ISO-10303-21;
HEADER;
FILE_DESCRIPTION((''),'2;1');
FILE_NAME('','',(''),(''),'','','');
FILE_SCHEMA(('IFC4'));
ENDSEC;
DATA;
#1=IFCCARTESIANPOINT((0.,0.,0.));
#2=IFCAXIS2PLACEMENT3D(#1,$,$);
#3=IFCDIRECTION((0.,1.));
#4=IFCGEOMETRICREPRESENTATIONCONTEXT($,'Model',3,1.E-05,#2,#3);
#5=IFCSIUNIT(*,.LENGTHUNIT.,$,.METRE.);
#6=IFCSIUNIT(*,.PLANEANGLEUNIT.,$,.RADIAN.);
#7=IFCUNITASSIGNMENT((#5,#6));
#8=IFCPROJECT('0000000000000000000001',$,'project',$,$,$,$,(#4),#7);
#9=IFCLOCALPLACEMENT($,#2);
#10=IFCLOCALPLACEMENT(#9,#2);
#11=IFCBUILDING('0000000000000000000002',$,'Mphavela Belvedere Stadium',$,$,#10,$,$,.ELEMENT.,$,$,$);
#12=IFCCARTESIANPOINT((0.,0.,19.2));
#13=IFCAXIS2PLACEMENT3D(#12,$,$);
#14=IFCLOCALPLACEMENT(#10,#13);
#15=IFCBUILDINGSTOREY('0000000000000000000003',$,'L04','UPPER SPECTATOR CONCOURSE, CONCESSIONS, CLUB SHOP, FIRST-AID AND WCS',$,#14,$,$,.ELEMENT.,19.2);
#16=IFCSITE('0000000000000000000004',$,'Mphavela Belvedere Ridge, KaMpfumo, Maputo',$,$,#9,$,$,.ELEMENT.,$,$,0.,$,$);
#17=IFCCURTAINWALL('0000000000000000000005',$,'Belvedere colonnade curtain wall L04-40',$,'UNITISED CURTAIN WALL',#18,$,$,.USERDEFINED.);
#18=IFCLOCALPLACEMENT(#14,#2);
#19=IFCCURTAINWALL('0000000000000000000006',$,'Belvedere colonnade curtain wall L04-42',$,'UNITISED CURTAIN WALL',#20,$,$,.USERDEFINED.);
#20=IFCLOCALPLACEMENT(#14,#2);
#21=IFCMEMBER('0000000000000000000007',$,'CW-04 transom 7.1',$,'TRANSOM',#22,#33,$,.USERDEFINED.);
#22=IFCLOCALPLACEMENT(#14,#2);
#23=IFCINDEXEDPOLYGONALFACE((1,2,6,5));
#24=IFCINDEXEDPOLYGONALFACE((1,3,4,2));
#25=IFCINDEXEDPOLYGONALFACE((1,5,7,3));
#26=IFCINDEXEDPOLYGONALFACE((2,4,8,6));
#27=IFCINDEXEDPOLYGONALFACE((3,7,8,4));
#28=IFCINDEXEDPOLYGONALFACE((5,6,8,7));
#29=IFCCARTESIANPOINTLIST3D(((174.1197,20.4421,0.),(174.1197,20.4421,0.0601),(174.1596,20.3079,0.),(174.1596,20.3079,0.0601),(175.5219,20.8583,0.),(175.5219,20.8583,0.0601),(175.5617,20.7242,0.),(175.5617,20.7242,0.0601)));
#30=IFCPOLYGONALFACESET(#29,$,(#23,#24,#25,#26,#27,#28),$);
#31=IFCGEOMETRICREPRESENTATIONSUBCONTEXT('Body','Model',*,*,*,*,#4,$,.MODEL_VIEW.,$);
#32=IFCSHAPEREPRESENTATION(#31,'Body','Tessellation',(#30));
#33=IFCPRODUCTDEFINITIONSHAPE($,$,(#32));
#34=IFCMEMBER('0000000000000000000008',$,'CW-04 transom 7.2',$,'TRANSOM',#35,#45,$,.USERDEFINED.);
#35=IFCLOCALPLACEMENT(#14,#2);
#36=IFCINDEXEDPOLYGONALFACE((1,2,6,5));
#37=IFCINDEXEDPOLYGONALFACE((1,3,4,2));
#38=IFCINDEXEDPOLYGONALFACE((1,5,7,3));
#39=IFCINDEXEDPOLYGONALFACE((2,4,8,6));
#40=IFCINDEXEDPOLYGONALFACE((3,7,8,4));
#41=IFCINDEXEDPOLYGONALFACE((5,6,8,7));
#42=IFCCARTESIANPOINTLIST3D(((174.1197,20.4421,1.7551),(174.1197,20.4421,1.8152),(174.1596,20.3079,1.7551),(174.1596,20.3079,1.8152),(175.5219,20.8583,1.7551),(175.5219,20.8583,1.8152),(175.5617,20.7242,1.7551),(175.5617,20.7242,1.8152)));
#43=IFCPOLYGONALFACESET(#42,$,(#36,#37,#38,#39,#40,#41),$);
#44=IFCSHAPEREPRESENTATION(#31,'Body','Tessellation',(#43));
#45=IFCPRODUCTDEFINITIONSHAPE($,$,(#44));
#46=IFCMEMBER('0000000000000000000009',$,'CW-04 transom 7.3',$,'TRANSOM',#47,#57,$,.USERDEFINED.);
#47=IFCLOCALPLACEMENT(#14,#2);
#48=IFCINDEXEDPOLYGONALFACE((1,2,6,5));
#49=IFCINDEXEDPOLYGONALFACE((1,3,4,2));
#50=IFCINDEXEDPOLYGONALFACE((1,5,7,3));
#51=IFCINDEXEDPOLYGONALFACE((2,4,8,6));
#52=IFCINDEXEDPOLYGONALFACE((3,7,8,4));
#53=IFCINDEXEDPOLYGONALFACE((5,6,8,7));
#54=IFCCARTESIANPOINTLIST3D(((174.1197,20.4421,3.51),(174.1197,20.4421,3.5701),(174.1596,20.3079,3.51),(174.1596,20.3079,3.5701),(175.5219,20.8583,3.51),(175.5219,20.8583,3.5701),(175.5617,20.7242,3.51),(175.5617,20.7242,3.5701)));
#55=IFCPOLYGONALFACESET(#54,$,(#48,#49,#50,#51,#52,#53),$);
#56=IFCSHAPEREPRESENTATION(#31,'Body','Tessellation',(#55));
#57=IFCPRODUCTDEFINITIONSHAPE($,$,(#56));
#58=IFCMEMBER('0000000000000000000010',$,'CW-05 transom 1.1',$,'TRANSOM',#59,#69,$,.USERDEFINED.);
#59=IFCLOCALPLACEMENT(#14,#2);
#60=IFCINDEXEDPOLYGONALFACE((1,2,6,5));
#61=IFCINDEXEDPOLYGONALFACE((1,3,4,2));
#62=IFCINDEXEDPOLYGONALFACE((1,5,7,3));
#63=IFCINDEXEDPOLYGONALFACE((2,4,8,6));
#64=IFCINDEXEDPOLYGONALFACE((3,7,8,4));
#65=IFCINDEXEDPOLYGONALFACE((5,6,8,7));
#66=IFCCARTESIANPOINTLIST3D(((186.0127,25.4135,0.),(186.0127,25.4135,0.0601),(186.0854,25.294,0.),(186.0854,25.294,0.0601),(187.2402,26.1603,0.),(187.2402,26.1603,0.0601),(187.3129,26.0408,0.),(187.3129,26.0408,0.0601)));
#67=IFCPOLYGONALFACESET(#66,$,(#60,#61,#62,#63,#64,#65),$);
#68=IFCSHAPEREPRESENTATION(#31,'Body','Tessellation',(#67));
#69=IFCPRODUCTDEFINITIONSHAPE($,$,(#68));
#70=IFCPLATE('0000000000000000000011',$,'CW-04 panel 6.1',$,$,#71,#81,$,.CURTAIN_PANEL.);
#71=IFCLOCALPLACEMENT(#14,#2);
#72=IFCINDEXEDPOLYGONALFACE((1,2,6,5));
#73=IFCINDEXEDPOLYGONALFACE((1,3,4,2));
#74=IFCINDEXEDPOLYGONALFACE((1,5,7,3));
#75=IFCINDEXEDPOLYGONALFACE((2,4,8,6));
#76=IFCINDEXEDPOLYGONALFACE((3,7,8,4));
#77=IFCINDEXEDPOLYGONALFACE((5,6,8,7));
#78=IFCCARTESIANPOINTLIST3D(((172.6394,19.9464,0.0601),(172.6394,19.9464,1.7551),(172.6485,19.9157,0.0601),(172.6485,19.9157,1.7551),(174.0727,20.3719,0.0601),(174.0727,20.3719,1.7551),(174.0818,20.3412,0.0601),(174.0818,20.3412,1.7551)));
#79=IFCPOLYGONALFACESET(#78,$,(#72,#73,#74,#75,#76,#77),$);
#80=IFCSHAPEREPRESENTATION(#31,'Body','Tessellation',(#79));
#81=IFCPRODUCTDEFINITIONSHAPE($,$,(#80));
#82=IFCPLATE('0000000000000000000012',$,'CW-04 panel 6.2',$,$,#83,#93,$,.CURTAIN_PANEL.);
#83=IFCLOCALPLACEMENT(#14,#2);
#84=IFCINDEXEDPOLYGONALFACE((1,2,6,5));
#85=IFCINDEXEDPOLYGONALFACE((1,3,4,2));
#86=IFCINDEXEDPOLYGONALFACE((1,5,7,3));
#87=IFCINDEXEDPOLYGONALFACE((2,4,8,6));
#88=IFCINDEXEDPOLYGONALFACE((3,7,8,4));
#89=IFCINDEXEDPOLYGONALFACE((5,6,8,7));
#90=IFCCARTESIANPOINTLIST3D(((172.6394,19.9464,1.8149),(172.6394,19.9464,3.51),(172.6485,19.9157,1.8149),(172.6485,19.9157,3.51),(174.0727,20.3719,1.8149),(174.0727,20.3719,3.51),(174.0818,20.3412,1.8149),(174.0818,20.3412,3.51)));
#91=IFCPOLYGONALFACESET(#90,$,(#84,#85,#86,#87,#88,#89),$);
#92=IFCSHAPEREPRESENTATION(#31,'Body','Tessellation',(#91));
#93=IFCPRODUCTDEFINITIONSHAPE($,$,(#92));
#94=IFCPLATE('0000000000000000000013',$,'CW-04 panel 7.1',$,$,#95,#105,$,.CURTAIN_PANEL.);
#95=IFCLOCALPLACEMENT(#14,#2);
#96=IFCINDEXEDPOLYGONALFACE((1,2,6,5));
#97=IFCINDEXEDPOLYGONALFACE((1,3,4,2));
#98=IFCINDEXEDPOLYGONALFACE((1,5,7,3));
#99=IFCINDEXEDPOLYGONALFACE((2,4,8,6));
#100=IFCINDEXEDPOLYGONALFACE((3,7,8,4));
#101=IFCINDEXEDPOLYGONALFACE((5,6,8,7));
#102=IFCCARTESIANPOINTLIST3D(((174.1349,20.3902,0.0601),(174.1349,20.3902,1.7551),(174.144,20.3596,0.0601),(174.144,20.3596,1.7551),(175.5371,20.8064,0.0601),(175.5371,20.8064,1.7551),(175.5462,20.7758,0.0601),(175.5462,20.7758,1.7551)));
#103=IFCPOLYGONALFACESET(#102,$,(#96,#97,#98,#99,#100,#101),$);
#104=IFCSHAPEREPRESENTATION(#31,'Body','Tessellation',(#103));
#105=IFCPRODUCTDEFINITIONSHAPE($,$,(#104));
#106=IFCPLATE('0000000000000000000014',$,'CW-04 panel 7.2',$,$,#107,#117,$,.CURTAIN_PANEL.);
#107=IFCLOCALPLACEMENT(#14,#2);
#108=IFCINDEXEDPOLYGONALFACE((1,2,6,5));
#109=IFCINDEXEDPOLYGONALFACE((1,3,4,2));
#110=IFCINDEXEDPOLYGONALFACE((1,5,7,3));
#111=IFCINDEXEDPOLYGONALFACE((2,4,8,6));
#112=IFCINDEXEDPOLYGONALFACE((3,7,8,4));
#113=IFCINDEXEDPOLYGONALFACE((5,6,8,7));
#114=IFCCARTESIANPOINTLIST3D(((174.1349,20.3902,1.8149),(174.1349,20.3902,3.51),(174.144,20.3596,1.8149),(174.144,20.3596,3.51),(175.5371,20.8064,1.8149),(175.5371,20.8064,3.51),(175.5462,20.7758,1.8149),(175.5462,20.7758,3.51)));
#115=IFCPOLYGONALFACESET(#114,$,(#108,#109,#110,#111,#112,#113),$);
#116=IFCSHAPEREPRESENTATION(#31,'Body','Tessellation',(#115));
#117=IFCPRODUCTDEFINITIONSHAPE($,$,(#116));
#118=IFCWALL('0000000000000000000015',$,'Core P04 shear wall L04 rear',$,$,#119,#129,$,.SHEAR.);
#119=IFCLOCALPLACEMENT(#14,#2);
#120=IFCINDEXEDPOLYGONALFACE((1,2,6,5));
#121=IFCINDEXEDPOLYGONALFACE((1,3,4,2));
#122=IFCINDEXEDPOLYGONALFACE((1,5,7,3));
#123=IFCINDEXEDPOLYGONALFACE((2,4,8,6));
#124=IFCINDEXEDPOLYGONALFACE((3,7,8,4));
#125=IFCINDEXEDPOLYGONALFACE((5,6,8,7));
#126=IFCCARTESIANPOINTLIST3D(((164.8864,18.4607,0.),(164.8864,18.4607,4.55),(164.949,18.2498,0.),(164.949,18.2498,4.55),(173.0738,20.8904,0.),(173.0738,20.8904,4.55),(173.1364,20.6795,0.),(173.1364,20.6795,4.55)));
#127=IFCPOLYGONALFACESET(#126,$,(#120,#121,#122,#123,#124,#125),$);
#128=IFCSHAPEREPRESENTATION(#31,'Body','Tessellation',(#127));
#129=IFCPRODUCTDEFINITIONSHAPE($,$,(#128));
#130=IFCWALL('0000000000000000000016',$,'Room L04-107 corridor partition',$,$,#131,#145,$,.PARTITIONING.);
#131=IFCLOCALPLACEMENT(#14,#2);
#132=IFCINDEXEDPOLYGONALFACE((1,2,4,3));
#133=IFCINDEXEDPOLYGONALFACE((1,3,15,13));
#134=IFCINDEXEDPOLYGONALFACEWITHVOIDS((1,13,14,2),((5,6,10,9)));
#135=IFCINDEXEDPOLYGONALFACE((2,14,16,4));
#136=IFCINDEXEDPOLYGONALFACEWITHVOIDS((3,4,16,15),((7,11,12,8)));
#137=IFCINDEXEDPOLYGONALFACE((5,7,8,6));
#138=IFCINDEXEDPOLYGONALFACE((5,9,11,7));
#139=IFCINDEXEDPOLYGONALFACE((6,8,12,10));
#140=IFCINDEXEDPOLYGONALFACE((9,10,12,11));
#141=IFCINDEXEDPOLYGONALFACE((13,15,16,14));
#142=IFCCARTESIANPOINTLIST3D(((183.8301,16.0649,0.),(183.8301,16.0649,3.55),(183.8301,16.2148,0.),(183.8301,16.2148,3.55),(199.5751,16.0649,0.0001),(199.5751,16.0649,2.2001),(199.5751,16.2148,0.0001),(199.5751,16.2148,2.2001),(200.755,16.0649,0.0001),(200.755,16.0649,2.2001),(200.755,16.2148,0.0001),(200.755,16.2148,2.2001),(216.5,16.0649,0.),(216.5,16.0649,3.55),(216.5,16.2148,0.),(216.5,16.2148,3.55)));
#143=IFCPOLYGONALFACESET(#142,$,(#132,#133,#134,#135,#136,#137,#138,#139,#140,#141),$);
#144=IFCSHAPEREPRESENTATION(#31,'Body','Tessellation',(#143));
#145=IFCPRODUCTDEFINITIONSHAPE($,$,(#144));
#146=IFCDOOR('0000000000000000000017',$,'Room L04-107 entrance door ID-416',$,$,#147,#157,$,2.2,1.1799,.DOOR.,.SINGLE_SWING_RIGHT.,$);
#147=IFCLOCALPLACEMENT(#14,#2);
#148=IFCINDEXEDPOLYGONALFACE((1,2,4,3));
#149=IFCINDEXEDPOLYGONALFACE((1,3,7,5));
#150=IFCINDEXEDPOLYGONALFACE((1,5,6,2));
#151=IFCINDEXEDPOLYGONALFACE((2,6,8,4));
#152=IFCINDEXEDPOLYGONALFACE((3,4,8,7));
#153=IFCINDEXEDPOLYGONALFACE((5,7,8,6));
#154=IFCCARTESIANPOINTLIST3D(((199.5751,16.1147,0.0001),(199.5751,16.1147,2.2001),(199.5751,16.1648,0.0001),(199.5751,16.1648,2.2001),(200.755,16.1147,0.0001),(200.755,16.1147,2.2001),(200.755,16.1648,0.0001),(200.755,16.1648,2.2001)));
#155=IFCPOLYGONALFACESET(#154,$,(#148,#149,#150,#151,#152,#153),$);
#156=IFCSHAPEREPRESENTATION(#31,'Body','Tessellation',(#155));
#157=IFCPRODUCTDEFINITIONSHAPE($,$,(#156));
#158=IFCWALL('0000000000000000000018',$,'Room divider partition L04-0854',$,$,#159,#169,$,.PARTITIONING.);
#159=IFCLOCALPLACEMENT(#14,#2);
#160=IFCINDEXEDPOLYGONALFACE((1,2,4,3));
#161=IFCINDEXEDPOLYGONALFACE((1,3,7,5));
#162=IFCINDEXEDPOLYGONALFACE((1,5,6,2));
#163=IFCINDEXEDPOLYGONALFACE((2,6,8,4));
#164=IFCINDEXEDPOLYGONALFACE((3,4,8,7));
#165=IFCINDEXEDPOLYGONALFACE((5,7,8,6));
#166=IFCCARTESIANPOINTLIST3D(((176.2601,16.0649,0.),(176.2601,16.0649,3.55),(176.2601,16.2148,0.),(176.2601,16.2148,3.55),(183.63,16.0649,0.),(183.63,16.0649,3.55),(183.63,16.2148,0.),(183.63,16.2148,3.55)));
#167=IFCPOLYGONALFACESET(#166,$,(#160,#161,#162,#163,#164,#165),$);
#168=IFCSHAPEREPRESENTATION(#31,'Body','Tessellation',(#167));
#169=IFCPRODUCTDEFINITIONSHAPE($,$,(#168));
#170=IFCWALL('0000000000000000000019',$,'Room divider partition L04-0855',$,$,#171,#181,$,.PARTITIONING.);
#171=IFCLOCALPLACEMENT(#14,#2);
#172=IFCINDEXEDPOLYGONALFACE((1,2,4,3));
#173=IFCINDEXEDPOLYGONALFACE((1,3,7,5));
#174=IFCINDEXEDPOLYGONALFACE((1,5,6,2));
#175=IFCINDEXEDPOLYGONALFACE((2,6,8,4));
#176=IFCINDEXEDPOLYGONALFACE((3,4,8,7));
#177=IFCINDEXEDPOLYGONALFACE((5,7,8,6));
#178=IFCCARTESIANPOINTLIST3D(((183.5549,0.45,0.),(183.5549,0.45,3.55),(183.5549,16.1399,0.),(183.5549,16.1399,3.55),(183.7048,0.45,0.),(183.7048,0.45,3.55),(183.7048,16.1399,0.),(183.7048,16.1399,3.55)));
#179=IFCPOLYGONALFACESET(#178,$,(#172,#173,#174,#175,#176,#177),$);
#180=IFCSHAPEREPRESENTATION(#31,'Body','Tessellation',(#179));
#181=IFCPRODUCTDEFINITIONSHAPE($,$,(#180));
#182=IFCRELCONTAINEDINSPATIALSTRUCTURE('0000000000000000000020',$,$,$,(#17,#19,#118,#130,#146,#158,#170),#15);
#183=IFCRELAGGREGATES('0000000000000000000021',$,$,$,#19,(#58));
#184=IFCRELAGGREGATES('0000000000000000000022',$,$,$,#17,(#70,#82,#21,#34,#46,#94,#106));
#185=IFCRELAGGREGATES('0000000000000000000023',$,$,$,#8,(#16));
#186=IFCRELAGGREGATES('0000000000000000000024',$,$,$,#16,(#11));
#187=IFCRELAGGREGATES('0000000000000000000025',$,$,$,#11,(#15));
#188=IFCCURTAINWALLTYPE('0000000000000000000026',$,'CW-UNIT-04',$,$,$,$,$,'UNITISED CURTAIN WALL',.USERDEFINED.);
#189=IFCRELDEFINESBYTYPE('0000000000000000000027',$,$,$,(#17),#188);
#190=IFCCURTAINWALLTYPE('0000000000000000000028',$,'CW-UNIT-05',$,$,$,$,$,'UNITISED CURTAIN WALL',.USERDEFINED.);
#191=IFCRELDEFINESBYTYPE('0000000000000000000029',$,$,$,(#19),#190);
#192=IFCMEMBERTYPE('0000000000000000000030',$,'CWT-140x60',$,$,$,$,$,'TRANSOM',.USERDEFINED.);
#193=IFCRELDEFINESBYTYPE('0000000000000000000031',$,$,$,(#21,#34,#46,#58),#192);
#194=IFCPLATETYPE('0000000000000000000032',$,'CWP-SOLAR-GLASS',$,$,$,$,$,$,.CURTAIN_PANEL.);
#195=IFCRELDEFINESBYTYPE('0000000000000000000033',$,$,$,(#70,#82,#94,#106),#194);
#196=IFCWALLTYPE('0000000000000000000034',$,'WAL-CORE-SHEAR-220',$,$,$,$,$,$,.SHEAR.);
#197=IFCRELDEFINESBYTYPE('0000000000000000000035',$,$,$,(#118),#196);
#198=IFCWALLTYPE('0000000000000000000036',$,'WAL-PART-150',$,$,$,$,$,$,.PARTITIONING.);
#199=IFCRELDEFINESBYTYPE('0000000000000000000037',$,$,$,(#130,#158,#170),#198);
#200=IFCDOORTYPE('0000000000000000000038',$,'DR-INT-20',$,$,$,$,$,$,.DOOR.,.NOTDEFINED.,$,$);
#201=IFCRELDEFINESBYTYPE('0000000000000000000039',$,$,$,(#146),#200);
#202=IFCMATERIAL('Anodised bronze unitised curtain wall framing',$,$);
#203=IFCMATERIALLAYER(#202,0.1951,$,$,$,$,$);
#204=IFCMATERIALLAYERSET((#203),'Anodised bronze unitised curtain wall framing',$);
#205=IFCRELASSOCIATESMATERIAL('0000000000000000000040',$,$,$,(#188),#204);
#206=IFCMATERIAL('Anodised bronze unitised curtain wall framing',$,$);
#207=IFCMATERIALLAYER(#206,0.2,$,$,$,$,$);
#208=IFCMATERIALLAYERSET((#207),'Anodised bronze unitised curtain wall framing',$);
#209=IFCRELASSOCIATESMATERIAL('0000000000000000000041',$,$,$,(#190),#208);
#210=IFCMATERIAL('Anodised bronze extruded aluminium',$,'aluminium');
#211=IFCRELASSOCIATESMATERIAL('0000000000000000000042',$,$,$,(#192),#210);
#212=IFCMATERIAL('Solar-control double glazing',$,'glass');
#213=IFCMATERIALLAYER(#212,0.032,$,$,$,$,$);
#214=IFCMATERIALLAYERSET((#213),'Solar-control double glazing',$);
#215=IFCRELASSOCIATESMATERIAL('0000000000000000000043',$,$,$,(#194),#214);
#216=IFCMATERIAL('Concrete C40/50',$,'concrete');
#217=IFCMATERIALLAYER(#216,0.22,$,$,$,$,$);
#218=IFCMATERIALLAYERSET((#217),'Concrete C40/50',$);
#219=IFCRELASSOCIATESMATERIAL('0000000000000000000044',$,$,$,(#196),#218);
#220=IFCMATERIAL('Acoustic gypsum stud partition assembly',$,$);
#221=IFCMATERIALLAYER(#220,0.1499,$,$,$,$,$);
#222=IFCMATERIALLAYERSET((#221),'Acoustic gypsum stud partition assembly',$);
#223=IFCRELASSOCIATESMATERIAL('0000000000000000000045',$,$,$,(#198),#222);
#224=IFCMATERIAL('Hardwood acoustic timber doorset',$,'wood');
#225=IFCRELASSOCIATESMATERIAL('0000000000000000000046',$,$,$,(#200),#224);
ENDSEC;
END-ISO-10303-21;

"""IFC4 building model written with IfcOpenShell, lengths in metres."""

from ifc_helpers import new_model, si_unit, direction, frame, frame_2d, origin, origin_2d, place, context, subcontext, project, spatial, rectangle, extrude, material, layer, layer_set, material_profile, profile_set, type_object, element, fill, aggregate, save


model = new_model("IFC4")

# Units and contexts
model_context = context("Model", 3, precision=1e-05, world=origin(), true_north=direction((0.0, 1.0)))
body_context = subcontext(model_context, "Body", "Model", "MODEL_VIEW")
ifc_project = project(units=[si_unit("LENGTHUNIT", "METRE"), si_unit("PLANEANGLEUNIT", "RADIAN")], contexts=[model_context])

# Site, building, storey
site_placement = place(None, origin())
site = spatial("IfcSite", under=ifc_project, at=site_placement, Name="Mphavela Belvedere Ridge, KaMpfumo, Maputo", CompositionType="ELEMENT", RefElevation=0.0)
building_placement = place(site_placement, origin())
building = spatial("IfcBuilding", under=site, at=building_placement, Name="Mphavela Belvedere Stadium", CompositionType="ELEMENT")
storey_placement = place(building_placement, frame((0.0, 0.0, 19.2)))
storey = spatial("IfcBuildingStorey", under=building, at=storey_placement, Name="L04", Description="UPPER SPECTATOR CONCOURSE, CONCESSIONS, CLUB SHOP, FIRST-AID AND WCS", CompositionType="ELEMENT", Elevation=19.2)

# Curtain wall
ifc_material_1 = material(Name="Anodised bronze unitised curtain wall framing")
ifc_layer_1 = layer(ifc_material_1, 0.1951)
ifc_layer_set_1 = layer_set([ifc_layer_1], Name="Anodised bronze unitised curtain wall framing")
curtain_wall_type_1 = type_object("IfcCurtainWallType", Name="CW-UNIT-04", ElementType="UNITISED CURTAIN WALL", PredefinedType="USERDEFINED", material=ifc_layer_set_1)
curtain_wall_1_placement = place(storey_placement, origin())
curtain_wall_1 = element("IfcCurtainWall", 1, at=curtain_wall_1_placement, inside=storey, type_object=curtain_wall_type_1, Name="Belvedere colonnade curtain wall L04-40", ObjectType="UNITISED CURTAIN WALL", PredefinedType="USERDEFINED")

# Curtain wall
ifc_material_2 = material(Name="Anodised bronze unitised curtain wall framing")
ifc_layer_2 = layer(ifc_material_2, 0.2)
ifc_layer_set_2 = layer_set([ifc_layer_2], Name="Anodised bronze unitised curtain wall framing")
curtain_wall_type_2 = type_object("IfcCurtainWallType", Name="CW-UNIT-05", ElementType="UNITISED CURTAIN WALL", PredefinedType="USERDEFINED", material=ifc_layer_set_2)
curtain_wall_2_placement = place(storey_placement, origin())
curtain_wall_2 = element("IfcCurtainWall", 2, at=curtain_wall_2_placement, inside=storey, type_object=curtain_wall_type_2, Name="Belvedere colonnade curtain wall L04-42", ObjectType="UNITISED CURTAIN WALL", PredefinedType="USERDEFINED")

# Members
ifc_material_3 = material(Name="Anodised bronze extruded aluminium", Category="aluminium")
ifc_material_profile_1 = material_profile(ifc_material_3, rectangle(XDim=0.1399, YDim=0.0601, at=origin_2d()), Name="CW-TRN 140x60")
ifc_profile_set_1 = profile_set([ifc_material_profile_1], Name="Anodised bronze extruded aluminium")
member_type_1 = type_object("IfcMemberType", Name="CWT-140x60", ElementType="TRANSOM", PredefinedType="USERDEFINED", material=ifc_profile_set_1)
member_1_placement = place(storey_placement, frame((174.1396, 20.375, 0.03), z_axis=(0.958645, 0.284605, 0.0), x_axis=(-0.284605, 0.958645, 0.0)))
member_1 = element("IfcMember", 3, at=member_1_placement, type_object=member_type_1, Name="CW-04 transom 7.1", ObjectType="TRANSOM", PredefinedType="USERDEFINED", context=body_context, shape_type="SweptSolid", body=[
    extrude(rectangle(XDim=0.1399, YDim=0.0601, at=origin_2d()), origin(), (0.0, 0.0, 1.0), 1.4626),
])
member_2_placement = place(storey_placement, frame((174.1396, 20.375, 1.7852), z_axis=(0.958645, 0.284605, 0.0), x_axis=(-0.284605, 0.958645, 0.0)))
member_2 = element("IfcMember", 4, at=member_2_placement, type_object=member_type_1, Name="CW-04 transom 7.2", ObjectType="TRANSOM", PredefinedType="USERDEFINED", context=body_context, shape_type="SweptSolid", body=[
    extrude(rectangle(XDim=0.1399, YDim=0.0601, at=origin_2d()), origin(), (0.0, 0.0, 1.0), 1.4626),
])
member_3_placement = place(storey_placement, frame((174.1396, 20.375, 3.54), z_axis=(0.958645, 0.284605, 0.0), x_axis=(-0.284605, 0.958645, 0.0)))
member_3 = element("IfcMember", 5, at=member_3_placement, type_object=member_type_1, Name="CW-04 transom 7.3", ObjectType="TRANSOM", PredefinedType="USERDEFINED", context=body_context, shape_type="SweptSolid", body=[
    extrude(rectangle(XDim=0.1399, YDim=0.0601, at=origin_2d()), origin(), (0.0, 0.0, 1.0), 1.4626),
])
member_4_placement = place(storey_placement, frame((186.0491, 25.3538, 0.03), z_axis=(0.854313, 0.519758, 0.0), x_axis=(-0.519758, 0.854313, 0.0)))
member_4 = element("IfcMember", 6, at=member_4_placement, type_object=member_type_1, Name="CW-05 transom 1.1", ObjectType="TRANSOM", PredefinedType="USERDEFINED", context=body_context, shape_type="SweptSolid", body=[
    extrude(rectangle(XDim=0.1399, YDim=0.0601, at=origin_2d()), origin(), (0.0, 0.0, 1.0), 1.4368),
])
aggregate(curtain_wall_2, [member_4])

# Plates
ifc_material_4 = material(Name="Solar-control double glazing", Category="glass")
ifc_layer_3 = layer(ifc_material_4, 0.032)
ifc_layer_set_3 = layer_set([ifc_layer_3], Name="Solar-control double glazing")
plate_type = type_object("IfcPlateType", Name="CWP-SOLAR-GLASS", PredefinedType="CURTAIN_PANEL", material=ifc_layer_set_3)
plate_1_placement = place(storey_placement, frame((173.3606, 20.1438, 0.0601), z_axis=(0.0, 0.0, 1.0), x_axis=(0.958658, 0.284561, 0.0)))
plate_1 = element("IfcPlate", 7, at=plate_1_placement, type_object=plate_type, Name="CW-04 panel 6.1", PredefinedType="CURTAIN_PANEL", context=body_context, shape_type="SweptSolid", body=[
    extrude(rectangle(XDim=1.4951, YDim=0.032, at=origin_2d()), origin(), (0.0, 0.0, 1.0), 1.6951),
])
plate_2_placement = place(storey_placement, frame((173.3606, 20.1438, 1.8149), z_axis=(0.0, 0.0, 1.0), x_axis=(0.958658, 0.284561, 0.0)))
plate_2 = element("IfcPlate", 8, at=plate_2_placement, type_object=plate_type, Name="CW-04 panel 6.2", PredefinedType="CURTAIN_PANEL", context=body_context, shape_type="SweptSolid", body=[
    extrude(rectangle(XDim=1.4951, YDim=0.032, at=origin_2d()), origin(), (0.0, 0.0, 1.0), 1.6951),
])
plate_3_placement = place(storey_placement, frame((174.8406, 20.583, 0.0601), z_axis=(0.0, 0.0, 1.0), x_axis=(0.958658, 0.284561, 0.0)))
plate_3 = element("IfcPlate", 9, at=plate_3_placement, type_object=plate_type, Name="CW-04 panel 7.1", PredefinedType="CURTAIN_PANEL", context=body_context, shape_type="SweptSolid", body=[
    extrude(rectangle(XDim=1.4626, YDim=0.032, at=origin_2d()), origin(), (0.0, 0.0, 1.0), 1.6951),
])
plate_4_placement = place(storey_placement, frame((174.8406, 20.583, 1.8149), z_axis=(0.0, 0.0, 1.0), x_axis=(0.958658, 0.284561, 0.0)))
plate_4 = element("IfcPlate", 10, at=plate_4_placement, type_object=plate_type, Name="CW-04 panel 7.2", PredefinedType="CURTAIN_PANEL", context=body_context, shape_type="SweptSolid", body=[
    extrude(rectangle(XDim=1.4626, YDim=0.032, at=origin_2d()), origin(), (0.0, 0.0, 1.0), 1.6951),
])
aggregate(curtain_wall_1, [plate_1, plate_2, member_1, member_2, member_3, plate_3, plate_4])

# Wall
ifc_material_5 = material(Name="Concrete C40/50", Category="concrete")
ifc_layer_4 = layer(ifc_material_5, 0.22)
ifc_layer_set_4 = layer_set([ifc_layer_4], Name="Concrete C40/50")
wall_type_1 = type_object("IfcWallType", Name="WAL-CORE-SHEAR-220", PredefinedType="SHEAR", material=ifc_layer_set_4)
wall_1_placement = place(storey_placement, frame((173.105, 20.7849, 0.0), z_axis=(0.0, 0.0, 1.0), x_axis=(-0.958676, -0.284501, 0.0)))
element("IfcWall", 11, at=wall_1_placement, inside=storey, type_object=wall_type_1, Name="Core P04 shear wall L04 rear", PredefinedType="SHEAR", context=body_context, shape_type="SweptSolid", body=[
    extrude(rectangle(XDim=8.5403, YDim=0.22, at=frame_2d((4.27, 0.0))), origin(), (0.0, 0.0, 1.0), 4.55),
])

# Wall, opening, door
ifc_material_6 = material(Name="Acoustic gypsum stud partition assembly")
ifc_layer_5 = layer(ifc_material_6, 0.1499)
ifc_layer_set_5 = layer_set([ifc_layer_5], Name="Acoustic gypsum stud partition assembly")
wall_type_2 = type_object("IfcWallType", Name="WAL-PART-150", PredefinedType="PARTITIONING", material=ifc_layer_set_5)
wall_2_placement = place(storey_placement, frame((183.8301, 16.1399, 0.0), z_axis=(0.0, 0.0, 1.0), x_axis=(1.0, 0.0, 0.0)))
wall_2 = element("IfcWall", 12, at=wall_2_placement, inside=storey, type_object=wall_type_2, Name="Room L04-107 corridor partition", PredefinedType="PARTITIONING", context=body_context, shape_type="SweptSolid", body=[
    extrude(rectangle(XDim=32.6699, YDim=0.1499, at=frame_2d((16.335, 0.0))), origin(), (0.0, 0.0, 1.0), 3.55),
])
opening_1_placement = place(wall_2_placement, frame((15.7451, 0.0, 0.0)))
opening_1 = element("IfcOpeningElement", 13, at=opening_1_placement, cuts=wall_2, PredefinedType="OPENING", context=body_context, shape_type="SweptSolid", body=[
    extrude(rectangle(XDim=1.1799, YDim=2.2, at=frame_2d((0.5898, 1.1001))), frame((0.0, 0.085, 0.0), z_axis=(0.0, -1.0, 0.0), x_axis=(1.0, 0.0, 0.0)), (0.0, 0.0, 1.0), 0.1699),
])
ifc_material_7 = material(Name="Hardwood acoustic timber doorset", Category="wood")
door_type_1 = type_object("IfcDoorType", Name="DR-INT-20", OperationType="NOTDEFINED", PredefinedType="DOOR", material=ifc_material_7)
door_1_placement = place(opening_1_placement, origin())
door_1 = element("IfcDoor", 14, at=door_1_placement, inside=storey, type_object=door_type_1, Name="Room L04-107 entrance door ID-416", OperationType="SINGLE_SWING_RIGHT", OverallHeight=2.2, OverallWidth=1.1799, PredefinedType="DOOR", context=body_context, shape_type="SweptSolid", body=[
    extrude(rectangle(XDim=1.1799, YDim=2.2, at=frame_2d((0.5898, 1.1001))), frame((0.0, 0.0249, 0.0), z_axis=(0.0, -1.0, 0.0), x_axis=(1.0, 0.0, 0.0)), (0.0, 0.0, 1.0), 0.05),
])
fill(opening_1, door_1)

# Walls
wall_3_placement = place(storey_placement, frame((176.26, 16.1399, 0.0), z_axis=(0.0, 0.0, 1.0), x_axis=(1.0, 0.0, 0.0)))
element("IfcWall", 15, at=wall_3_placement, inside=storey, type_object=wall_type_2, Name="Room divider partition L04-0854", PredefinedType="PARTITIONING", context=body_context, shape_type="SweptSolid", body=[
    extrude(rectangle(XDim=7.3699, YDim=0.1499, at=frame_2d((3.6851, 0.0))), origin(), (0.0, 0.0, 1.0), 3.55),
])
wall_4_placement = place(storey_placement, frame((183.6299, 16.1399, 0.0), z_axis=(0.0, 0.0, 1.0), x_axis=(0.0, -1.0, 0.0)))
element("IfcWall", 16, at=wall_4_placement, inside=storey, type_object=wall_type_2, Name="Room divider partition L04-0855", PredefinedType="PARTITIONING", context=body_context, shape_type="SweptSolid", body=[
    extrude(rectangle(XDim=15.6899, YDim=0.1499, at=frame_2d((7.845, 0.0))), origin(), (0.0, 0.0, 1.0), 3.55),
])

save(model, "model.ifc")
